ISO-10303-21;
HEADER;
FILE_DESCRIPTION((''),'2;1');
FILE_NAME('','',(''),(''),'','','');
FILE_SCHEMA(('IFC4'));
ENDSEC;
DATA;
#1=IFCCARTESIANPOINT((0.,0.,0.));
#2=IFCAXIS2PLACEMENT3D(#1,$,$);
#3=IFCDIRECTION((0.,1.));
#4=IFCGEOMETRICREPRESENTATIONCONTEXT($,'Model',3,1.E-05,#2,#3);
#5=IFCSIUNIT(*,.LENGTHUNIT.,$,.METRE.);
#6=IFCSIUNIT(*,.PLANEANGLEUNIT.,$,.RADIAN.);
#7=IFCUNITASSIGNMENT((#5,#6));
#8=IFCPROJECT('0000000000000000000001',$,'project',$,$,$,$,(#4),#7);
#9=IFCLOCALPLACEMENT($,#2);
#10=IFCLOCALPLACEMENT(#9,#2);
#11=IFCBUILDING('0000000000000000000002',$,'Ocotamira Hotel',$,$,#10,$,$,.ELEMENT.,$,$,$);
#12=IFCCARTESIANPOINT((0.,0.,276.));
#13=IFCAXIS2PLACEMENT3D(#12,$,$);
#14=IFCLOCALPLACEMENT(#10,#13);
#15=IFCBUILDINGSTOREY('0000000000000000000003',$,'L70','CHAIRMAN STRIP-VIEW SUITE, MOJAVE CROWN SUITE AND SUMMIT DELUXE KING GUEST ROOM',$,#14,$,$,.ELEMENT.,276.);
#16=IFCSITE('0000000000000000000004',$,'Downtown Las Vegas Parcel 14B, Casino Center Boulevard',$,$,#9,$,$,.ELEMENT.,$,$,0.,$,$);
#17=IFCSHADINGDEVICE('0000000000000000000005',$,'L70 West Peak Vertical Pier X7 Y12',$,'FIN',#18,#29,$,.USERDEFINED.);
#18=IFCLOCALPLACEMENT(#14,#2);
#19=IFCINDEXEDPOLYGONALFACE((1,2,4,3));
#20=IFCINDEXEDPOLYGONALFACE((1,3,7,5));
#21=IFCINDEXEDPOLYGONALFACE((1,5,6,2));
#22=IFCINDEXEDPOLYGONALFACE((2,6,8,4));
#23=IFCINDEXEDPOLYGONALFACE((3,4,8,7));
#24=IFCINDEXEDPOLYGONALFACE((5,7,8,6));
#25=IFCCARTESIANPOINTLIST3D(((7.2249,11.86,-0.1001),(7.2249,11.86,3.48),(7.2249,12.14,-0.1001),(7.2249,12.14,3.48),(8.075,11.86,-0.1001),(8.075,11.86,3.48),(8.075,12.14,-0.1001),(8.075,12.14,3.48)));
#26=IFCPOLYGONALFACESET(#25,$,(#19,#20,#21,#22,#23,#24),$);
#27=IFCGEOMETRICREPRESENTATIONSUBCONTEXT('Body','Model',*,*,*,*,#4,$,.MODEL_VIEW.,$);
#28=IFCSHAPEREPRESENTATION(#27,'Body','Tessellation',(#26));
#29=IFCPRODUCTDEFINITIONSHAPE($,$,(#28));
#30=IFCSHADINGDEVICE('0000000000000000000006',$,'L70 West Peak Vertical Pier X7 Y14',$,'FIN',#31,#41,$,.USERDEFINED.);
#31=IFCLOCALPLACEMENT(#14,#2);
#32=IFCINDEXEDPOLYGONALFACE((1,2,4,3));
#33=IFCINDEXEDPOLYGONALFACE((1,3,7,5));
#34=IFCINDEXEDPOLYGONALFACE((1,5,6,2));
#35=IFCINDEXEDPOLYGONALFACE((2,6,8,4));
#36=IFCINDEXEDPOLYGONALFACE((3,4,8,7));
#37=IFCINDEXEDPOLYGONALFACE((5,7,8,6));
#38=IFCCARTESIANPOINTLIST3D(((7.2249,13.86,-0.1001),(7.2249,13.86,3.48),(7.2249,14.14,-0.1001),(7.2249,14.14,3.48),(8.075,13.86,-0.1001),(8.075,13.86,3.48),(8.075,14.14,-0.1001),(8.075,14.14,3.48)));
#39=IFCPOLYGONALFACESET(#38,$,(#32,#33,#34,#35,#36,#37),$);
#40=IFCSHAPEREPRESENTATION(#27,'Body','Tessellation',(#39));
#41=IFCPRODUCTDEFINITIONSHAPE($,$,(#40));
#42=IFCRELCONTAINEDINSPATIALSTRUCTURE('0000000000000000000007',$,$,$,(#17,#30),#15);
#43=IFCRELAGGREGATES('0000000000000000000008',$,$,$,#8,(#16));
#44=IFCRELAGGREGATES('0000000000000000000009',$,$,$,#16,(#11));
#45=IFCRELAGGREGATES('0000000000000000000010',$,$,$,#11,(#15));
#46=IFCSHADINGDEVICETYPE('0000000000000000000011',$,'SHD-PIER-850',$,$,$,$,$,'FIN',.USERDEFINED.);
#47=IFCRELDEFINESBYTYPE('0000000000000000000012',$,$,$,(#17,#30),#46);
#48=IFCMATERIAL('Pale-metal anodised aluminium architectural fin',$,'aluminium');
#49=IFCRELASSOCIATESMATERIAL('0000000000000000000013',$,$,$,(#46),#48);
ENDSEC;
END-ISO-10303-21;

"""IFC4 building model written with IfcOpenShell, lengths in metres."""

from ifc_helpers import new_model, si_unit, direction, frame, origin, origin_2d, place, context, subcontext, project, spatial, rectangle, extrude, source, transform, mapped, material, type_object, element, save


model = new_model("IFC4")

# Units and contexts
model_context = context("Model", 3, precision=1e-05, world=origin(), true_north=direction((0.0, 1.0)))
body_context = subcontext(model_context, "Body", "Model", "MODEL_VIEW")
ifc_project = project(units=[si_unit("LENGTHUNIT", "METRE"), si_unit("PLANEANGLEUNIT", "RADIAN")], contexts=[model_context])

# Site, building, storey
site_placement = place(None, origin())
site = spatial("IfcSite", under=ifc_project, at=site_placement, Name="Downtown Las Vegas Parcel 14B, Casino Center Boulevard", CompositionType="ELEMENT", RefElevation=0.0)
building_placement = place(site_placement, origin())
building = spatial("IfcBuilding", under=site, at=building_placement, Name="Ocotamira Hotel", CompositionType="ELEMENT")
storey_placement = place(building_placement, frame((0.0, 0.0, 276.0)))
storey = spatial("IfcBuildingStorey", under=building, at=storey_placement, Name="L70", Description="CHAIRMAN STRIP-VIEW SUITE, MOJAVE CROWN SUITE AND SUMMIT DELUXE KING GUEST ROOM", CompositionType="ELEMENT", Elevation=276.0)

# Shading devices
ifc_material_1 = material(Name="Pale-metal anodised aluminium architectural fin", Category="aluminium")
shading_device_type = type_object("IfcShadingDeviceType", Name="SHD-PIER-850", ElementType="FIN", PredefinedType="USERDEFINED", material=ifc_material_1)
shared_shape_1 = source(origin(), body_context, "Body", "SweptSolid", [
    extrude(rectangle(XDim=0.8501, YDim=0.28, at=origin_2d()), origin(), (0.0, 0.0, 1.0), 3.5801),
])
for number, where, z_axis, x_axis, name in (
    (1, (7.6499, 12.0, -0.1001), (0.0, 0.0, 1.0), (1.0, 0.0, 0.0), "L70 West Peak Vertical Pier X7 Y12"),
    (2, (7.6499, 14.0, -0.1001), (0.0, 0.0, 1.0), (1.0, 0.0, 0.0), "L70 West Peak Vertical Pier X7 Y14"),
):
    element("IfcShadingDevice", number, at=place(storey_placement, frame(where, z_axis=z_axis, x_axis=x_axis)), inside=storey, type_object=shading_device_type, Name=name, ObjectType="FIN", PredefinedType="USERDEFINED", context=body_context, shape_type="MappedRepresentation", body=[
        mapped(shared_shape_1, transform((0.0, 0.0, 0.0), scale=1.0)),
    ])

save(model, "model.ifc")
